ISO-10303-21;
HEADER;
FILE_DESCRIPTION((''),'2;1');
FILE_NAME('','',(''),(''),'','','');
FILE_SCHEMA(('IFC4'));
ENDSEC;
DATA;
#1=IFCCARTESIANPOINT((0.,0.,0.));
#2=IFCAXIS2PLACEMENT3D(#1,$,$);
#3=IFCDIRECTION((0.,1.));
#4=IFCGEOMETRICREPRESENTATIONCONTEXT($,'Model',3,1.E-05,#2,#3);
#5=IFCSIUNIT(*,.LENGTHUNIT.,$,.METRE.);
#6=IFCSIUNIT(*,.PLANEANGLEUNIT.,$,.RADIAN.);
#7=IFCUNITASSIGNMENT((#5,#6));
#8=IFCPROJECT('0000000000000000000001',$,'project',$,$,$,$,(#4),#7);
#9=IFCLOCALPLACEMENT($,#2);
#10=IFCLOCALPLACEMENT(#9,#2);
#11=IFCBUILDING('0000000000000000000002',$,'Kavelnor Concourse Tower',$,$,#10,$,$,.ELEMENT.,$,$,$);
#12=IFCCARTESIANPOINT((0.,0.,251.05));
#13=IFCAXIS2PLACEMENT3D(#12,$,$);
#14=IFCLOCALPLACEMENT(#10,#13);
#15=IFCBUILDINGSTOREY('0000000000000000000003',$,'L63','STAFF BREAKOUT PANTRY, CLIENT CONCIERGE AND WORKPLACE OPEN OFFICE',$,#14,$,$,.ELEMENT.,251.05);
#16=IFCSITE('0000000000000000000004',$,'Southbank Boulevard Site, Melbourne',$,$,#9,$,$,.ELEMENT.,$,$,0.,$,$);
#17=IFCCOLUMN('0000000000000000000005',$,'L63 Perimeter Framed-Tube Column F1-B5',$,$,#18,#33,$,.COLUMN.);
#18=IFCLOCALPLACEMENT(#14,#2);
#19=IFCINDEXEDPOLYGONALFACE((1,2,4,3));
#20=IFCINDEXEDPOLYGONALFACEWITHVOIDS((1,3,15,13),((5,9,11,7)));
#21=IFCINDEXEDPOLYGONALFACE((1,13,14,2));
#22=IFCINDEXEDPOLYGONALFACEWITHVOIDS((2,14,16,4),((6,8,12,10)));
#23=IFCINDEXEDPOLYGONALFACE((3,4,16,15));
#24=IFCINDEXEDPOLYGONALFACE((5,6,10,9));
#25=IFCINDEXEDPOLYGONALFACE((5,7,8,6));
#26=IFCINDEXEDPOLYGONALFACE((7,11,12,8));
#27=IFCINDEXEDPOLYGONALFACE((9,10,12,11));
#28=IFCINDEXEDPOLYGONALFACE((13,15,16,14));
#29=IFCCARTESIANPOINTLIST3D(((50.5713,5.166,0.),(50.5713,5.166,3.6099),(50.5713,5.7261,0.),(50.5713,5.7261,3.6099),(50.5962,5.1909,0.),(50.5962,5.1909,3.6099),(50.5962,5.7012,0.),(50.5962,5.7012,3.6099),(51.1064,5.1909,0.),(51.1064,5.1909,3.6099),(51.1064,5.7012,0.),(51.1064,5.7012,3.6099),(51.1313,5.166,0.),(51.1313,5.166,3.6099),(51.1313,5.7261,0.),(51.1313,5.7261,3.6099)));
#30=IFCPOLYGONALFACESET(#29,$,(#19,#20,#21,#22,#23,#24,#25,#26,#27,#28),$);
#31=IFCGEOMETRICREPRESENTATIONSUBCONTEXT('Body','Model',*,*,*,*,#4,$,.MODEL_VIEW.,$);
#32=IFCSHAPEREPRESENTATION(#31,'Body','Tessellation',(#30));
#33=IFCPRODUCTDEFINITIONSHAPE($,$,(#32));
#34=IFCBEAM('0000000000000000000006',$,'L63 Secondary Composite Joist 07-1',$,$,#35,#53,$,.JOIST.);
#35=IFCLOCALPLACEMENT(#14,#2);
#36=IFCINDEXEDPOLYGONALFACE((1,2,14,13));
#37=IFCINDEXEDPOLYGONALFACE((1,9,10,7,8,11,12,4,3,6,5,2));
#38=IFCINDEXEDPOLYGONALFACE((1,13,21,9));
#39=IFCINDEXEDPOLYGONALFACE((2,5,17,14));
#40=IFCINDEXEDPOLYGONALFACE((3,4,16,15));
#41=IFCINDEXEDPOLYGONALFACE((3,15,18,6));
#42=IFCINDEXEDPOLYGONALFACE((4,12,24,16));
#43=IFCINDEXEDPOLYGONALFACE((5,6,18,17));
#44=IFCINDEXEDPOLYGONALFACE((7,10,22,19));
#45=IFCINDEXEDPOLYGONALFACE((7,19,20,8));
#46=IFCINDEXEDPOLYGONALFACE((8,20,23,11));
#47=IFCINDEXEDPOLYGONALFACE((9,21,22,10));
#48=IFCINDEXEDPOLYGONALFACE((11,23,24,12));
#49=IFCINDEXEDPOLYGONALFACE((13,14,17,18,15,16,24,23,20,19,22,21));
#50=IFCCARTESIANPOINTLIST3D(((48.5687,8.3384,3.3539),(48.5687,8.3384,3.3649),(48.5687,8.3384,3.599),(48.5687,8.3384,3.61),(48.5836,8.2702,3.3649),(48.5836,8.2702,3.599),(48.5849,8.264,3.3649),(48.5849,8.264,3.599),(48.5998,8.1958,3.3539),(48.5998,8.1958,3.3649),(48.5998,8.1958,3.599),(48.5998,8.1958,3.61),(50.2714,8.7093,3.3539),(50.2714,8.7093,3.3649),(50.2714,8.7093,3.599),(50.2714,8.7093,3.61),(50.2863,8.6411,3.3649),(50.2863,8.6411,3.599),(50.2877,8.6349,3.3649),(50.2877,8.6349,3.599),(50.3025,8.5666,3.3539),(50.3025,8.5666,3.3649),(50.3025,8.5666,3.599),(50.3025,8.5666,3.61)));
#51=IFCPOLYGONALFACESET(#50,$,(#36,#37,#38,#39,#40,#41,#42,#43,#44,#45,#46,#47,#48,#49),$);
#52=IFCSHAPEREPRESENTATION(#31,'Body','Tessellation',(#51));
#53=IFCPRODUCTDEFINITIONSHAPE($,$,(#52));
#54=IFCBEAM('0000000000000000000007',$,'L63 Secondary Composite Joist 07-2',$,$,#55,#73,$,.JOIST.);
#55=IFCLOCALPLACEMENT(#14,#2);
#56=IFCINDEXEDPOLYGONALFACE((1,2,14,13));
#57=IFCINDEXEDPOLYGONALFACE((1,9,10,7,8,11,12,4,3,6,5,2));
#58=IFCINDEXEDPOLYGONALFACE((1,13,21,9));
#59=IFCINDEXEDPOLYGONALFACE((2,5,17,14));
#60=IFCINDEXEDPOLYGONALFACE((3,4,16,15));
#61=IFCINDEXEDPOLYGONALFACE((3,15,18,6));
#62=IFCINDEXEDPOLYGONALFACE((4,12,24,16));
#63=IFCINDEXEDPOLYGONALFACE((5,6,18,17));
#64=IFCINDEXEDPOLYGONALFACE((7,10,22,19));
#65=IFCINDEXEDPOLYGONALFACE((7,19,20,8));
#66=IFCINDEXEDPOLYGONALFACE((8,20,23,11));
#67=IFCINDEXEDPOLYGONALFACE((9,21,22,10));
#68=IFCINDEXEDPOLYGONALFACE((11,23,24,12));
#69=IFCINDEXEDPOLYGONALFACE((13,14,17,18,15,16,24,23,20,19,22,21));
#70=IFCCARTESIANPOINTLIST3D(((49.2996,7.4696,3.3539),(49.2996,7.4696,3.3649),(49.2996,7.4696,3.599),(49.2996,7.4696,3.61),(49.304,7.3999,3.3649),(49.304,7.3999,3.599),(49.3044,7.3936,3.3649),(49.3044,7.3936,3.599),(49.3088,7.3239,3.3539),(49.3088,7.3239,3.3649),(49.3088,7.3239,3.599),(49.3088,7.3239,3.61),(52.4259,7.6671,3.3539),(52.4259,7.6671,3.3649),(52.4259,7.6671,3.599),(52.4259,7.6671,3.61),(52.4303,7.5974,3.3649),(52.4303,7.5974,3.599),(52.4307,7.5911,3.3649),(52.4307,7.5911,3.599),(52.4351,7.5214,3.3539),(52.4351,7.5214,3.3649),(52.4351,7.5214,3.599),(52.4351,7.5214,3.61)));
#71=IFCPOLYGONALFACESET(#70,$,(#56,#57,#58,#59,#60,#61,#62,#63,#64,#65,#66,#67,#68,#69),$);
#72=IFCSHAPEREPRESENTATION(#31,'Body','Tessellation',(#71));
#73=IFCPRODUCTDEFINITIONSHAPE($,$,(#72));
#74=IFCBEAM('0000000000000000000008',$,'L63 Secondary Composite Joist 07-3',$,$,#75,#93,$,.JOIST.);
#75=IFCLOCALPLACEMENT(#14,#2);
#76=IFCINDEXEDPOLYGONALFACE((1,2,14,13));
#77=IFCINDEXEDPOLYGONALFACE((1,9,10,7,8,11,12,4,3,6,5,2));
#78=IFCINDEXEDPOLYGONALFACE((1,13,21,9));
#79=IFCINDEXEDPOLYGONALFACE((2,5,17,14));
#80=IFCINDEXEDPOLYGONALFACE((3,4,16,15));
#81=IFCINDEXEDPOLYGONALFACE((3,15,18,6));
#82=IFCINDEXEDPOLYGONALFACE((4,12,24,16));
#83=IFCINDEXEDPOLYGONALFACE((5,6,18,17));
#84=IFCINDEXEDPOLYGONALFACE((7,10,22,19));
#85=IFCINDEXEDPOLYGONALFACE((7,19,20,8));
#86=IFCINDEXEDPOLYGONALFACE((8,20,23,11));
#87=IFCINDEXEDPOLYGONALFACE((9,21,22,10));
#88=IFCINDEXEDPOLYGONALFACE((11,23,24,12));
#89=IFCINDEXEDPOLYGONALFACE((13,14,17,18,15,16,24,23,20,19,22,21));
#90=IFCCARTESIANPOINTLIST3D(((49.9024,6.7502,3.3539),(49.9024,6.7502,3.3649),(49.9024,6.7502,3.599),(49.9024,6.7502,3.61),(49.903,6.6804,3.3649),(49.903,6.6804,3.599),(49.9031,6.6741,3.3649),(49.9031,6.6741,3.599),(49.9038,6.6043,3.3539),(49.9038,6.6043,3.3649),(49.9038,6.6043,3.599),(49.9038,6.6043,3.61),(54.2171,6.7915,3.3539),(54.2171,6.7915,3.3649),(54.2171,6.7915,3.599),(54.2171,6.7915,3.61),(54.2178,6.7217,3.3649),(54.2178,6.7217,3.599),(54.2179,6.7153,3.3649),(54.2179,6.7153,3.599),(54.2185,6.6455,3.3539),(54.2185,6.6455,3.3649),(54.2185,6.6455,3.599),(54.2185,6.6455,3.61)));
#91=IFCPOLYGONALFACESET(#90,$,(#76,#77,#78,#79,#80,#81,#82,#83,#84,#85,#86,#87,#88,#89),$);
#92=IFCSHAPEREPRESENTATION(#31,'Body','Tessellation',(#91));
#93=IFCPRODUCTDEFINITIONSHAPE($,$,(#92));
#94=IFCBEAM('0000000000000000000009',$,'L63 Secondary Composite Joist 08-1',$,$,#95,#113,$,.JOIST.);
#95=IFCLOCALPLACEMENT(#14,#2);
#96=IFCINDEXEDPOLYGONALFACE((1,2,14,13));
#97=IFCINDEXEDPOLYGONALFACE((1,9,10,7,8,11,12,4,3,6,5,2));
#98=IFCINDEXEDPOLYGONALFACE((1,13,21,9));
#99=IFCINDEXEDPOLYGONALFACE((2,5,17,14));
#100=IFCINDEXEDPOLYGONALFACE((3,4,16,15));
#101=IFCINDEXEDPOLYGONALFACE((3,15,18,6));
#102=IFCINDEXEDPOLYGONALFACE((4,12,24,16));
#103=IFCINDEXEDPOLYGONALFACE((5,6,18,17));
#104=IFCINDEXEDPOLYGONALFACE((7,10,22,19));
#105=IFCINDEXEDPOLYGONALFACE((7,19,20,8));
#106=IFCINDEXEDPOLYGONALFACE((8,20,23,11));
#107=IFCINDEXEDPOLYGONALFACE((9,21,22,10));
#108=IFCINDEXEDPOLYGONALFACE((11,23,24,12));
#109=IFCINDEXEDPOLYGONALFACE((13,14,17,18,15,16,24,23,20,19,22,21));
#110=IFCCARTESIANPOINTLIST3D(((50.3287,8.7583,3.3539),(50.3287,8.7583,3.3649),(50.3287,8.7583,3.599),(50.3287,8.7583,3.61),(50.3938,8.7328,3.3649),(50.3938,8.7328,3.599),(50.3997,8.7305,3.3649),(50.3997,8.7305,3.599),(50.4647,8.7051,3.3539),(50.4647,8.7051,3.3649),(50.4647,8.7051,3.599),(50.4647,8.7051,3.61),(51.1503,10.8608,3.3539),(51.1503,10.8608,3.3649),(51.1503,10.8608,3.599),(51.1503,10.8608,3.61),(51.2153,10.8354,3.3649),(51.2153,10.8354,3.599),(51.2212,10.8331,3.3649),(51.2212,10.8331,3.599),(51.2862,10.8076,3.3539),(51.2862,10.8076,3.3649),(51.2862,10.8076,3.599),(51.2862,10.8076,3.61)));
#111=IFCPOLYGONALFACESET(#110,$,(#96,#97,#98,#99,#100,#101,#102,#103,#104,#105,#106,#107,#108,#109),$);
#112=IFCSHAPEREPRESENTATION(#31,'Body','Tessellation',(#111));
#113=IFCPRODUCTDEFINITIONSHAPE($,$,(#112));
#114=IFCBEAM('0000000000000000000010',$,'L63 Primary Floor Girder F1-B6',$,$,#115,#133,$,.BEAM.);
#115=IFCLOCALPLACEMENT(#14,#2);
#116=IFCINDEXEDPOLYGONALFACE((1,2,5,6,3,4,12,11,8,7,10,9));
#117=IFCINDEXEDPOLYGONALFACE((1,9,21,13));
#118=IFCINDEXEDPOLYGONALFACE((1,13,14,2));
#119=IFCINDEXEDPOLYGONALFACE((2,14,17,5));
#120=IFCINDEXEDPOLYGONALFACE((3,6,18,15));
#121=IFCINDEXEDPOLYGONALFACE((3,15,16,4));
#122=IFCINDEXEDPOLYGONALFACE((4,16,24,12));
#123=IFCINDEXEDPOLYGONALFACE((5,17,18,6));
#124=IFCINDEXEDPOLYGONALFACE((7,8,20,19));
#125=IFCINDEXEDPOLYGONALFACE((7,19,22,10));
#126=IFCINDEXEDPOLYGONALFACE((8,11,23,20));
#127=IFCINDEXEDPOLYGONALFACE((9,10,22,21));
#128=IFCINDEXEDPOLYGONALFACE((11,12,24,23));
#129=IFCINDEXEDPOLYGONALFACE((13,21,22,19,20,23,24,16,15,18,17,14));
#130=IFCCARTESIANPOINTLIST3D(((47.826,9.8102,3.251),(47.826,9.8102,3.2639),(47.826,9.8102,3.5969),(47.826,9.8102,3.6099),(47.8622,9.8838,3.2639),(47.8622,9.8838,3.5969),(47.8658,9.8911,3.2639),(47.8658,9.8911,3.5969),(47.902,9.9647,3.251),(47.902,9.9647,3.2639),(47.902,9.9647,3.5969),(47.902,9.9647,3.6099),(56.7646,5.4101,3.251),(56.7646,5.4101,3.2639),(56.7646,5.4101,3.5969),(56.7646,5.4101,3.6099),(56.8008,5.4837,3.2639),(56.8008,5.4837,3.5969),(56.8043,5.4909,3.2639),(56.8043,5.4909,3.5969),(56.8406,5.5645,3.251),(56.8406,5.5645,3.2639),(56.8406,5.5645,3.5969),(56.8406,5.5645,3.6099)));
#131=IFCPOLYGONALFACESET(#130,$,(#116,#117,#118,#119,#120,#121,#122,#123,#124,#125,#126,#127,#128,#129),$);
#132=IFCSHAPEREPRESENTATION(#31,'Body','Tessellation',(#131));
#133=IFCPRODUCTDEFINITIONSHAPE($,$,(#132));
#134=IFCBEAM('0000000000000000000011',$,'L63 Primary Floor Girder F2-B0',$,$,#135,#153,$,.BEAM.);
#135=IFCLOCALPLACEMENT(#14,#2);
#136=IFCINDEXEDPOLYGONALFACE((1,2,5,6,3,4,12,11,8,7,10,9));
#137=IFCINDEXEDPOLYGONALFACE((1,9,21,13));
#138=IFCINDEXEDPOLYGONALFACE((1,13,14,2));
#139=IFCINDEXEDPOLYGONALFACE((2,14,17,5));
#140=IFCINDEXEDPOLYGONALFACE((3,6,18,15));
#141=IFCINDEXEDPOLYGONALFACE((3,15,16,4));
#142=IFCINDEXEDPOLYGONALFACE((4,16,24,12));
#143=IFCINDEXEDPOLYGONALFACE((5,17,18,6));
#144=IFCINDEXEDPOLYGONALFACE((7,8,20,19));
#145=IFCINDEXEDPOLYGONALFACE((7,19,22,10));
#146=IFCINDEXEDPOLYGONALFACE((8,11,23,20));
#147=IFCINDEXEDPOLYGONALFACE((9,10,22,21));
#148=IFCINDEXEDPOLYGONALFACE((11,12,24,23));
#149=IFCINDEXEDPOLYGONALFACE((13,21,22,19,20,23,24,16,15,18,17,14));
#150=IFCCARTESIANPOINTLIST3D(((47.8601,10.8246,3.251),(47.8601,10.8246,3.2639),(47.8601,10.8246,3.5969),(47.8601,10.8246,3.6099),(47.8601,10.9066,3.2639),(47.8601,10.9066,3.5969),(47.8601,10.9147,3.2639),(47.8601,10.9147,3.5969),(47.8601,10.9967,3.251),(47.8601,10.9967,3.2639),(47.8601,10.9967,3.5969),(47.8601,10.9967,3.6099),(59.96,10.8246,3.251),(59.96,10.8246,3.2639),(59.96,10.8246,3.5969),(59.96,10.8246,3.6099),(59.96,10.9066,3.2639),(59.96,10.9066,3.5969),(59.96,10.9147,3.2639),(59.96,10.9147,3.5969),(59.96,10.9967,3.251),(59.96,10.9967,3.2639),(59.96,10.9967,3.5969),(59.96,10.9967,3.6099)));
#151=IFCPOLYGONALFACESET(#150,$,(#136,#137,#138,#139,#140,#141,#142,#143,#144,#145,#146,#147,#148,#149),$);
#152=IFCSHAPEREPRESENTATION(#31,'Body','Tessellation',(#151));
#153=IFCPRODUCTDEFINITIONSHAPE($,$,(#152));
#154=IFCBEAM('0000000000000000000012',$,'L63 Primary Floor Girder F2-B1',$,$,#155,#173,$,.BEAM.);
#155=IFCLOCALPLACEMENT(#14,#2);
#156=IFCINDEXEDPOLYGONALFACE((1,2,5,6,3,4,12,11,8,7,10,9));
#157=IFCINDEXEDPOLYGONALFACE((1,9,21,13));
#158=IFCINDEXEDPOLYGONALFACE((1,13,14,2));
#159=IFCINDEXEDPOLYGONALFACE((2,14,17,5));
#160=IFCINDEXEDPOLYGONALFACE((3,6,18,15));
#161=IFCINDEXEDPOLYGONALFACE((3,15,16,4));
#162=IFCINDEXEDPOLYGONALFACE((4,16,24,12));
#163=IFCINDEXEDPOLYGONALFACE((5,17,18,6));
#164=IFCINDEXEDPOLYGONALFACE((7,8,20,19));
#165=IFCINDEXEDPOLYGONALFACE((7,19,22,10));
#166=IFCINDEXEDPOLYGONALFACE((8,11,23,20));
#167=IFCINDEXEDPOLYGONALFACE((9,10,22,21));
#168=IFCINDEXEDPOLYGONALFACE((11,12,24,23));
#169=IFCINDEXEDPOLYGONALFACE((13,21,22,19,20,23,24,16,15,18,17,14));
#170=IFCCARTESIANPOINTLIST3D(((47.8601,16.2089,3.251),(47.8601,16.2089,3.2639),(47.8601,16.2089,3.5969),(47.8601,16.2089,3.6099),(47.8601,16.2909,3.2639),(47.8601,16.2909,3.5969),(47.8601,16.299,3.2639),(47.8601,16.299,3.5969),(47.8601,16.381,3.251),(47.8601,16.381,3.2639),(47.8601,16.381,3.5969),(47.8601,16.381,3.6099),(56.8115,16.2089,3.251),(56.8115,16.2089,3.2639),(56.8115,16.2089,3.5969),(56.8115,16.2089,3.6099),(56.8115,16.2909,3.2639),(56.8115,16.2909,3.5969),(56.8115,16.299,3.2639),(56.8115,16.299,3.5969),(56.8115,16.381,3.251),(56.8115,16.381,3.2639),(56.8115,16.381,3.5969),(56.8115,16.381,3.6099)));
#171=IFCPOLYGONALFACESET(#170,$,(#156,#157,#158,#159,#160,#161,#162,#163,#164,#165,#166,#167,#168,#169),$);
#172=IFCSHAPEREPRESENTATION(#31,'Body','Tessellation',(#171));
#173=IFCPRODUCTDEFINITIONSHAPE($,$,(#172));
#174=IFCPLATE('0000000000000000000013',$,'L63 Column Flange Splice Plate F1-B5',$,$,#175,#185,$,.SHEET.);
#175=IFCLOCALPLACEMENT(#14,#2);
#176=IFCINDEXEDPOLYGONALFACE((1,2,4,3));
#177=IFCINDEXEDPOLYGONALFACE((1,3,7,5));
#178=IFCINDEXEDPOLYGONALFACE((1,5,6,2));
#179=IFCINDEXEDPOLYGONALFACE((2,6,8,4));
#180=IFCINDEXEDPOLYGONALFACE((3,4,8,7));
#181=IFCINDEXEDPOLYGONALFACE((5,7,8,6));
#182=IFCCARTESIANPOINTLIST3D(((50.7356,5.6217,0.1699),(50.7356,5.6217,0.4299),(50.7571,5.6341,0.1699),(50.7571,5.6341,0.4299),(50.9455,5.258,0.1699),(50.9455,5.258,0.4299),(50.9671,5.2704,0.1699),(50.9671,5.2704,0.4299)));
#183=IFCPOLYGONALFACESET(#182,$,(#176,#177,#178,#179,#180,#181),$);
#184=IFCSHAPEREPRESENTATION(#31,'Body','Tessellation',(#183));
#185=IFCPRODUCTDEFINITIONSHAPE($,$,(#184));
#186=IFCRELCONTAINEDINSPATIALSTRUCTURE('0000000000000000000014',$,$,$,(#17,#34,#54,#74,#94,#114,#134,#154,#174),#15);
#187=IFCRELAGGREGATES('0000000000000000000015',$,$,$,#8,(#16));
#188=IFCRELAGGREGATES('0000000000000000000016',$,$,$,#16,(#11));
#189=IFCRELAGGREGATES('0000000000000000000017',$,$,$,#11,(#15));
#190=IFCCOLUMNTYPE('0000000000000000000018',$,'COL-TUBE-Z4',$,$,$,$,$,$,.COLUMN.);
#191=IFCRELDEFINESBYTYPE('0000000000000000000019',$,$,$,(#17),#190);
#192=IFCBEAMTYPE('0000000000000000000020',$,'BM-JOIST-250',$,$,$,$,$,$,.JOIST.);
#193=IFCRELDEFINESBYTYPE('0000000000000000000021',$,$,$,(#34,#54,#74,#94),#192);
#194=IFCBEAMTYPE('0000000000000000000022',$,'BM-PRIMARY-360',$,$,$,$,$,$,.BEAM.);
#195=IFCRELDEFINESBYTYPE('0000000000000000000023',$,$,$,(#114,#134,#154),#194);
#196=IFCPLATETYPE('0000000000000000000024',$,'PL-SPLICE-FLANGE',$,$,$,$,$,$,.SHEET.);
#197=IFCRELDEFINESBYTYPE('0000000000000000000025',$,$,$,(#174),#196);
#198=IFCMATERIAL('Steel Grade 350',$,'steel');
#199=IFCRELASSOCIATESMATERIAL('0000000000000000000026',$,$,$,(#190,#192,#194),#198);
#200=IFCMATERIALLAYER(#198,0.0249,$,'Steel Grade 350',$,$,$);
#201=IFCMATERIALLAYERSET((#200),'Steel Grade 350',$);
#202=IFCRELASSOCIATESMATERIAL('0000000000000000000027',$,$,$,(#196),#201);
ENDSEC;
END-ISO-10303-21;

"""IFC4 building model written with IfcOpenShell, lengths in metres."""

from ifc_helpers import new_model, si_unit, direction, frame, origin, origin_2d, place, context, subcontext, project, spatial, rectangle, hollow_rectangle, i_section, extrude, material, layer, layer_set, material_profile, profile_set, type_object, element, save


model = new_model("IFC4")

# Units and contexts
model_context = context("Model", 3, precision=1e-05, world=origin(), true_north=direction((0.0, 1.0)))
body_context = subcontext(model_context, "Body", "Model", "MODEL_VIEW")
ifc_project = project(units=[si_unit("LENGTHUNIT", "METRE"), si_unit("PLANEANGLEUNIT", "RADIAN")], contexts=[model_context])

# Site, building, storey
site_placement = place(None, origin())
site = spatial("IfcSite", under=ifc_project, at=site_placement, Name="Southbank Boulevard Site, Melbourne", CompositionType="ELEMENT", RefElevation=0.0)
building_placement = place(site_placement, origin())
building = spatial("IfcBuilding", under=site, at=building_placement, Name="Kavelnor Concourse Tower", CompositionType="ELEMENT")
storey_placement = place(building_placement, frame((0.0, 0.0, 251.05)))
storey = spatial("IfcBuildingStorey", under=building, at=storey_placement, Name="L63", Description="STAFF BREAKOUT PANTRY, CLIENT CONCIERGE AND WORKPLACE OPEN OFFICE", CompositionType="ELEMENT", Elevation=251.05)

# Column
ifc_material_1 = material(Name="Steel Grade 350", Category="steel")
ifc_material_profile_1 = material_profile(ifc_material_1, hollow_rectangle(XDim=0.5601, YDim=0.5601, WallThickness=0.0249, at=origin_2d()), Name="SHS 560x560x25")
ifc_profile_set_1 = profile_set([ifc_material_profile_1], Name="Steel Grade 350")
column_type = type_object("IfcColumnType", Name="COL-TUBE-Z4", PredefinedType="COLUMN", material=ifc_profile_set_1)
column_placement = place(storey_placement, frame((50.8513, 5.446, 0.0), z_axis=(0.0, 0.0, 1.0), x_axis=(1.0, 0.0, 0.0)))
element("IfcColumn", 1, at=column_placement, inside=storey, type_object=column_type, Name="L63 Perimeter Framed-Tube Column F1-B5", PredefinedType="COLUMN", context=body_context, shape_type="SweptSolid", body=[
    extrude(hollow_rectangle(XDim=0.5601, YDim=0.5601, WallThickness=0.0249, at=origin_2d()), origin(), (0.0, 0.0, 1.0), 3.6099),
])

# Beams
ifc_material_profile_2 = material_profile(ifc_material_1, i_section(OverallWidth=0.146, OverallDepth=0.2561, WebThickness=0.0063, FlangeThickness=0.011, at=origin_2d()), Name="250UB37")
ifc_profile_set_2 = profile_set([ifc_material_profile_2], Name="Steel Grade 350")
beam_type_1 = type_object("IfcBeamType", Name="BM-JOIST-250", PredefinedType="JOIST", material=ifc_profile_set_2)
beam_1_placement = place(storey_placement, frame((48.5842, 8.2671, 3.4819), z_axis=(0.977092, 0.212819, 0.0), x_axis=(-0.212819, 0.977092, 0.0)))
element("IfcBeam", 2, at=beam_1_placement, inside=storey, type_object=beam_type_1, Name="L63 Secondary Composite Joist 07-1", PredefinedType="JOIST", context=body_context, shape_type="SweptSolid", body=[
    extrude(i_section(OverallWidth=0.146, OverallDepth=0.2561, WebThickness=0.0063, FlangeThickness=0.011, at=origin_2d()), origin(), (0.0, 0.0, 1.0), 1.7427),
])
beam_2_placement = place(storey_placement, frame((49.3042, 7.3967, 3.4819), z_axis=(0.99801, 0.063053, 0.0), x_axis=(-0.063053, 0.99801, 0.0)))
element("IfcBeam", 3, at=beam_2_placement, inside=storey, type_object=beam_type_1, Name="L63 Secondary Composite Joist 07-2", PredefinedType="JOIST", context=body_context, shape_type="SweptSolid", body=[
    extrude(i_section(OverallWidth=0.146, OverallDepth=0.2561, WebThickness=0.0063, FlangeThickness=0.011, at=origin_2d()), origin(), (0.0, 0.0, 1.0), 3.1326),
])
beam_3_placement = place(storey_placement, frame((49.9031, 6.6772, 3.4819), z_axis=(0.999954, 0.009562, 0.0), x_axis=(-0.009562, 0.999954, 0.0)))
element("IfcBeam", 4, at=beam_3_placement, inside=storey, type_object=beam_type_1, Name="L63 Secondary Composite Joist 07-3", PredefinedType="JOIST", context=body_context, shape_type="SweptSolid", body=[
    extrude(i_section(OverallWidth=0.146, OverallDepth=0.2561, WebThickness=0.0063, FlangeThickness=0.011, at=origin_2d()), origin(), (0.0, 0.0, 1.0), 4.3149),
])
beam_4_placement = place(storey_placement, frame((50.3967, 8.7317, 3.4819), z_axis=(0.363938, 0.931423, 0.0), x_axis=(-0.931423, 0.363938, 0.0)))
element("IfcBeam", 5, at=beam_4_placement, inside=storey, type_object=beam_type_1, Name="L63 Secondary Composite Joist 08-1", PredefinedType="JOIST", context=body_context, shape_type="SweptSolid", body=[
    extrude(i_section(OverallWidth=0.146, OverallDepth=0.2561, WebThickness=0.0063, FlangeThickness=0.011, at=origin_2d()), origin(), (0.0, 0.0, 1.0), 2.2573),
])
ifc_material_profile_3 = material_profile(ifc_material_1, i_section(OverallWidth=0.1721, OverallDepth=0.3589, WebThickness=0.0081, FlangeThickness=0.0129, at=origin_2d()), Name="360UB56")
ifc_profile_set_3 = profile_set([ifc_material_profile_3], Name="Steel Grade 350")
beam_type_2 = type_object("IfcBeamType", Name="BM-PRIMARY-360", PredefinedType="BEAM", material=ifc_profile_set_3)
beam_5_placement = place(storey_placement, frame((47.864, 9.8875, 3.4304), z_axis=(0.897184, -0.441657, 0.0), x_axis=(0.441657, 0.897184, 0.0)))
element("IfcBeam", 6, at=beam_5_placement, inside=storey, type_object=beam_type_2, Name="L63 Primary Floor Girder F1-B6", PredefinedType="BEAM", context=body_context, shape_type="SweptSolid", body=[
    extrude(i_section(OverallWidth=0.1721, OverallDepth=0.3589, WebThickness=0.0081, FlangeThickness=0.0129, at=origin_2d()), origin(), (0.0, 0.0, 1.0), 9.9629),
])
beam_6_placement = place(storey_placement, frame((47.8601, 10.9106, 3.4304), z_axis=(1.0, 0.0, 0.0), x_axis=(0.0, 1.0, 0.0)))
element("IfcBeam", 7, at=beam_6_placement, inside=storey, type_object=beam_type_2, Name="L63 Primary Floor Girder F2-B0", PredefinedType="BEAM", context=body_context, shape_type="SweptSolid", body=[
    extrude(i_section(OverallWidth=0.1721, OverallDepth=0.3589, WebThickness=0.0081, FlangeThickness=0.0129, at=origin_2d()), origin(), (0.0, 0.0, 1.0), 12.0999),
])
beam_7_placement = place(storey_placement, frame((47.8601, 16.2949, 3.4304), z_axis=(1.0, 0.0, 0.0), x_axis=(0.0, 1.0, 0.0)))
element("IfcBeam", 8, at=beam_7_placement, inside=storey, type_object=beam_type_2, Name="L63 Primary Floor Girder F2-B1", PredefinedType="BEAM", context=body_context, shape_type="SweptSolid", body=[
    extrude(i_section(OverallWidth=0.1721, OverallDepth=0.3589, WebThickness=0.0081, FlangeThickness=0.0129, at=origin_2d()), origin(), (0.0, 0.0, 1.0), 8.9514),
])

# Plate
ifc_layer_1 = layer(ifc_material_1, 0.0249, Name="Steel Grade 350")
ifc_layer_set_1 = layer_set([ifc_layer_1], Name="Steel Grade 350")
plate_type = type_object("IfcPlateType", Name="PL-SPLICE-FLANGE", PredefinedType="SHEET", material=ifc_layer_set_1)
plate_placement = place(storey_placement, frame((50.8513, 5.446, 0.1699), z_axis=(0.0, 0.0, 1.0), x_axis=(-0.5, 0.866025, 0.0)))
element("IfcPlate", 9, at=plate_placement, inside=storey, type_object=plate_type, Name="L63 Column Flange Splice Plate F1-B5", PredefinedType="SHEET", context=body_context, shape_type="SweptSolid", body=[
    extrude(rectangle(XDim=0.4199, YDim=0.0249, at=origin_2d()), origin(), (0.0, 0.0, 1.0), 0.26),
])

save(model, "model.ifc")
